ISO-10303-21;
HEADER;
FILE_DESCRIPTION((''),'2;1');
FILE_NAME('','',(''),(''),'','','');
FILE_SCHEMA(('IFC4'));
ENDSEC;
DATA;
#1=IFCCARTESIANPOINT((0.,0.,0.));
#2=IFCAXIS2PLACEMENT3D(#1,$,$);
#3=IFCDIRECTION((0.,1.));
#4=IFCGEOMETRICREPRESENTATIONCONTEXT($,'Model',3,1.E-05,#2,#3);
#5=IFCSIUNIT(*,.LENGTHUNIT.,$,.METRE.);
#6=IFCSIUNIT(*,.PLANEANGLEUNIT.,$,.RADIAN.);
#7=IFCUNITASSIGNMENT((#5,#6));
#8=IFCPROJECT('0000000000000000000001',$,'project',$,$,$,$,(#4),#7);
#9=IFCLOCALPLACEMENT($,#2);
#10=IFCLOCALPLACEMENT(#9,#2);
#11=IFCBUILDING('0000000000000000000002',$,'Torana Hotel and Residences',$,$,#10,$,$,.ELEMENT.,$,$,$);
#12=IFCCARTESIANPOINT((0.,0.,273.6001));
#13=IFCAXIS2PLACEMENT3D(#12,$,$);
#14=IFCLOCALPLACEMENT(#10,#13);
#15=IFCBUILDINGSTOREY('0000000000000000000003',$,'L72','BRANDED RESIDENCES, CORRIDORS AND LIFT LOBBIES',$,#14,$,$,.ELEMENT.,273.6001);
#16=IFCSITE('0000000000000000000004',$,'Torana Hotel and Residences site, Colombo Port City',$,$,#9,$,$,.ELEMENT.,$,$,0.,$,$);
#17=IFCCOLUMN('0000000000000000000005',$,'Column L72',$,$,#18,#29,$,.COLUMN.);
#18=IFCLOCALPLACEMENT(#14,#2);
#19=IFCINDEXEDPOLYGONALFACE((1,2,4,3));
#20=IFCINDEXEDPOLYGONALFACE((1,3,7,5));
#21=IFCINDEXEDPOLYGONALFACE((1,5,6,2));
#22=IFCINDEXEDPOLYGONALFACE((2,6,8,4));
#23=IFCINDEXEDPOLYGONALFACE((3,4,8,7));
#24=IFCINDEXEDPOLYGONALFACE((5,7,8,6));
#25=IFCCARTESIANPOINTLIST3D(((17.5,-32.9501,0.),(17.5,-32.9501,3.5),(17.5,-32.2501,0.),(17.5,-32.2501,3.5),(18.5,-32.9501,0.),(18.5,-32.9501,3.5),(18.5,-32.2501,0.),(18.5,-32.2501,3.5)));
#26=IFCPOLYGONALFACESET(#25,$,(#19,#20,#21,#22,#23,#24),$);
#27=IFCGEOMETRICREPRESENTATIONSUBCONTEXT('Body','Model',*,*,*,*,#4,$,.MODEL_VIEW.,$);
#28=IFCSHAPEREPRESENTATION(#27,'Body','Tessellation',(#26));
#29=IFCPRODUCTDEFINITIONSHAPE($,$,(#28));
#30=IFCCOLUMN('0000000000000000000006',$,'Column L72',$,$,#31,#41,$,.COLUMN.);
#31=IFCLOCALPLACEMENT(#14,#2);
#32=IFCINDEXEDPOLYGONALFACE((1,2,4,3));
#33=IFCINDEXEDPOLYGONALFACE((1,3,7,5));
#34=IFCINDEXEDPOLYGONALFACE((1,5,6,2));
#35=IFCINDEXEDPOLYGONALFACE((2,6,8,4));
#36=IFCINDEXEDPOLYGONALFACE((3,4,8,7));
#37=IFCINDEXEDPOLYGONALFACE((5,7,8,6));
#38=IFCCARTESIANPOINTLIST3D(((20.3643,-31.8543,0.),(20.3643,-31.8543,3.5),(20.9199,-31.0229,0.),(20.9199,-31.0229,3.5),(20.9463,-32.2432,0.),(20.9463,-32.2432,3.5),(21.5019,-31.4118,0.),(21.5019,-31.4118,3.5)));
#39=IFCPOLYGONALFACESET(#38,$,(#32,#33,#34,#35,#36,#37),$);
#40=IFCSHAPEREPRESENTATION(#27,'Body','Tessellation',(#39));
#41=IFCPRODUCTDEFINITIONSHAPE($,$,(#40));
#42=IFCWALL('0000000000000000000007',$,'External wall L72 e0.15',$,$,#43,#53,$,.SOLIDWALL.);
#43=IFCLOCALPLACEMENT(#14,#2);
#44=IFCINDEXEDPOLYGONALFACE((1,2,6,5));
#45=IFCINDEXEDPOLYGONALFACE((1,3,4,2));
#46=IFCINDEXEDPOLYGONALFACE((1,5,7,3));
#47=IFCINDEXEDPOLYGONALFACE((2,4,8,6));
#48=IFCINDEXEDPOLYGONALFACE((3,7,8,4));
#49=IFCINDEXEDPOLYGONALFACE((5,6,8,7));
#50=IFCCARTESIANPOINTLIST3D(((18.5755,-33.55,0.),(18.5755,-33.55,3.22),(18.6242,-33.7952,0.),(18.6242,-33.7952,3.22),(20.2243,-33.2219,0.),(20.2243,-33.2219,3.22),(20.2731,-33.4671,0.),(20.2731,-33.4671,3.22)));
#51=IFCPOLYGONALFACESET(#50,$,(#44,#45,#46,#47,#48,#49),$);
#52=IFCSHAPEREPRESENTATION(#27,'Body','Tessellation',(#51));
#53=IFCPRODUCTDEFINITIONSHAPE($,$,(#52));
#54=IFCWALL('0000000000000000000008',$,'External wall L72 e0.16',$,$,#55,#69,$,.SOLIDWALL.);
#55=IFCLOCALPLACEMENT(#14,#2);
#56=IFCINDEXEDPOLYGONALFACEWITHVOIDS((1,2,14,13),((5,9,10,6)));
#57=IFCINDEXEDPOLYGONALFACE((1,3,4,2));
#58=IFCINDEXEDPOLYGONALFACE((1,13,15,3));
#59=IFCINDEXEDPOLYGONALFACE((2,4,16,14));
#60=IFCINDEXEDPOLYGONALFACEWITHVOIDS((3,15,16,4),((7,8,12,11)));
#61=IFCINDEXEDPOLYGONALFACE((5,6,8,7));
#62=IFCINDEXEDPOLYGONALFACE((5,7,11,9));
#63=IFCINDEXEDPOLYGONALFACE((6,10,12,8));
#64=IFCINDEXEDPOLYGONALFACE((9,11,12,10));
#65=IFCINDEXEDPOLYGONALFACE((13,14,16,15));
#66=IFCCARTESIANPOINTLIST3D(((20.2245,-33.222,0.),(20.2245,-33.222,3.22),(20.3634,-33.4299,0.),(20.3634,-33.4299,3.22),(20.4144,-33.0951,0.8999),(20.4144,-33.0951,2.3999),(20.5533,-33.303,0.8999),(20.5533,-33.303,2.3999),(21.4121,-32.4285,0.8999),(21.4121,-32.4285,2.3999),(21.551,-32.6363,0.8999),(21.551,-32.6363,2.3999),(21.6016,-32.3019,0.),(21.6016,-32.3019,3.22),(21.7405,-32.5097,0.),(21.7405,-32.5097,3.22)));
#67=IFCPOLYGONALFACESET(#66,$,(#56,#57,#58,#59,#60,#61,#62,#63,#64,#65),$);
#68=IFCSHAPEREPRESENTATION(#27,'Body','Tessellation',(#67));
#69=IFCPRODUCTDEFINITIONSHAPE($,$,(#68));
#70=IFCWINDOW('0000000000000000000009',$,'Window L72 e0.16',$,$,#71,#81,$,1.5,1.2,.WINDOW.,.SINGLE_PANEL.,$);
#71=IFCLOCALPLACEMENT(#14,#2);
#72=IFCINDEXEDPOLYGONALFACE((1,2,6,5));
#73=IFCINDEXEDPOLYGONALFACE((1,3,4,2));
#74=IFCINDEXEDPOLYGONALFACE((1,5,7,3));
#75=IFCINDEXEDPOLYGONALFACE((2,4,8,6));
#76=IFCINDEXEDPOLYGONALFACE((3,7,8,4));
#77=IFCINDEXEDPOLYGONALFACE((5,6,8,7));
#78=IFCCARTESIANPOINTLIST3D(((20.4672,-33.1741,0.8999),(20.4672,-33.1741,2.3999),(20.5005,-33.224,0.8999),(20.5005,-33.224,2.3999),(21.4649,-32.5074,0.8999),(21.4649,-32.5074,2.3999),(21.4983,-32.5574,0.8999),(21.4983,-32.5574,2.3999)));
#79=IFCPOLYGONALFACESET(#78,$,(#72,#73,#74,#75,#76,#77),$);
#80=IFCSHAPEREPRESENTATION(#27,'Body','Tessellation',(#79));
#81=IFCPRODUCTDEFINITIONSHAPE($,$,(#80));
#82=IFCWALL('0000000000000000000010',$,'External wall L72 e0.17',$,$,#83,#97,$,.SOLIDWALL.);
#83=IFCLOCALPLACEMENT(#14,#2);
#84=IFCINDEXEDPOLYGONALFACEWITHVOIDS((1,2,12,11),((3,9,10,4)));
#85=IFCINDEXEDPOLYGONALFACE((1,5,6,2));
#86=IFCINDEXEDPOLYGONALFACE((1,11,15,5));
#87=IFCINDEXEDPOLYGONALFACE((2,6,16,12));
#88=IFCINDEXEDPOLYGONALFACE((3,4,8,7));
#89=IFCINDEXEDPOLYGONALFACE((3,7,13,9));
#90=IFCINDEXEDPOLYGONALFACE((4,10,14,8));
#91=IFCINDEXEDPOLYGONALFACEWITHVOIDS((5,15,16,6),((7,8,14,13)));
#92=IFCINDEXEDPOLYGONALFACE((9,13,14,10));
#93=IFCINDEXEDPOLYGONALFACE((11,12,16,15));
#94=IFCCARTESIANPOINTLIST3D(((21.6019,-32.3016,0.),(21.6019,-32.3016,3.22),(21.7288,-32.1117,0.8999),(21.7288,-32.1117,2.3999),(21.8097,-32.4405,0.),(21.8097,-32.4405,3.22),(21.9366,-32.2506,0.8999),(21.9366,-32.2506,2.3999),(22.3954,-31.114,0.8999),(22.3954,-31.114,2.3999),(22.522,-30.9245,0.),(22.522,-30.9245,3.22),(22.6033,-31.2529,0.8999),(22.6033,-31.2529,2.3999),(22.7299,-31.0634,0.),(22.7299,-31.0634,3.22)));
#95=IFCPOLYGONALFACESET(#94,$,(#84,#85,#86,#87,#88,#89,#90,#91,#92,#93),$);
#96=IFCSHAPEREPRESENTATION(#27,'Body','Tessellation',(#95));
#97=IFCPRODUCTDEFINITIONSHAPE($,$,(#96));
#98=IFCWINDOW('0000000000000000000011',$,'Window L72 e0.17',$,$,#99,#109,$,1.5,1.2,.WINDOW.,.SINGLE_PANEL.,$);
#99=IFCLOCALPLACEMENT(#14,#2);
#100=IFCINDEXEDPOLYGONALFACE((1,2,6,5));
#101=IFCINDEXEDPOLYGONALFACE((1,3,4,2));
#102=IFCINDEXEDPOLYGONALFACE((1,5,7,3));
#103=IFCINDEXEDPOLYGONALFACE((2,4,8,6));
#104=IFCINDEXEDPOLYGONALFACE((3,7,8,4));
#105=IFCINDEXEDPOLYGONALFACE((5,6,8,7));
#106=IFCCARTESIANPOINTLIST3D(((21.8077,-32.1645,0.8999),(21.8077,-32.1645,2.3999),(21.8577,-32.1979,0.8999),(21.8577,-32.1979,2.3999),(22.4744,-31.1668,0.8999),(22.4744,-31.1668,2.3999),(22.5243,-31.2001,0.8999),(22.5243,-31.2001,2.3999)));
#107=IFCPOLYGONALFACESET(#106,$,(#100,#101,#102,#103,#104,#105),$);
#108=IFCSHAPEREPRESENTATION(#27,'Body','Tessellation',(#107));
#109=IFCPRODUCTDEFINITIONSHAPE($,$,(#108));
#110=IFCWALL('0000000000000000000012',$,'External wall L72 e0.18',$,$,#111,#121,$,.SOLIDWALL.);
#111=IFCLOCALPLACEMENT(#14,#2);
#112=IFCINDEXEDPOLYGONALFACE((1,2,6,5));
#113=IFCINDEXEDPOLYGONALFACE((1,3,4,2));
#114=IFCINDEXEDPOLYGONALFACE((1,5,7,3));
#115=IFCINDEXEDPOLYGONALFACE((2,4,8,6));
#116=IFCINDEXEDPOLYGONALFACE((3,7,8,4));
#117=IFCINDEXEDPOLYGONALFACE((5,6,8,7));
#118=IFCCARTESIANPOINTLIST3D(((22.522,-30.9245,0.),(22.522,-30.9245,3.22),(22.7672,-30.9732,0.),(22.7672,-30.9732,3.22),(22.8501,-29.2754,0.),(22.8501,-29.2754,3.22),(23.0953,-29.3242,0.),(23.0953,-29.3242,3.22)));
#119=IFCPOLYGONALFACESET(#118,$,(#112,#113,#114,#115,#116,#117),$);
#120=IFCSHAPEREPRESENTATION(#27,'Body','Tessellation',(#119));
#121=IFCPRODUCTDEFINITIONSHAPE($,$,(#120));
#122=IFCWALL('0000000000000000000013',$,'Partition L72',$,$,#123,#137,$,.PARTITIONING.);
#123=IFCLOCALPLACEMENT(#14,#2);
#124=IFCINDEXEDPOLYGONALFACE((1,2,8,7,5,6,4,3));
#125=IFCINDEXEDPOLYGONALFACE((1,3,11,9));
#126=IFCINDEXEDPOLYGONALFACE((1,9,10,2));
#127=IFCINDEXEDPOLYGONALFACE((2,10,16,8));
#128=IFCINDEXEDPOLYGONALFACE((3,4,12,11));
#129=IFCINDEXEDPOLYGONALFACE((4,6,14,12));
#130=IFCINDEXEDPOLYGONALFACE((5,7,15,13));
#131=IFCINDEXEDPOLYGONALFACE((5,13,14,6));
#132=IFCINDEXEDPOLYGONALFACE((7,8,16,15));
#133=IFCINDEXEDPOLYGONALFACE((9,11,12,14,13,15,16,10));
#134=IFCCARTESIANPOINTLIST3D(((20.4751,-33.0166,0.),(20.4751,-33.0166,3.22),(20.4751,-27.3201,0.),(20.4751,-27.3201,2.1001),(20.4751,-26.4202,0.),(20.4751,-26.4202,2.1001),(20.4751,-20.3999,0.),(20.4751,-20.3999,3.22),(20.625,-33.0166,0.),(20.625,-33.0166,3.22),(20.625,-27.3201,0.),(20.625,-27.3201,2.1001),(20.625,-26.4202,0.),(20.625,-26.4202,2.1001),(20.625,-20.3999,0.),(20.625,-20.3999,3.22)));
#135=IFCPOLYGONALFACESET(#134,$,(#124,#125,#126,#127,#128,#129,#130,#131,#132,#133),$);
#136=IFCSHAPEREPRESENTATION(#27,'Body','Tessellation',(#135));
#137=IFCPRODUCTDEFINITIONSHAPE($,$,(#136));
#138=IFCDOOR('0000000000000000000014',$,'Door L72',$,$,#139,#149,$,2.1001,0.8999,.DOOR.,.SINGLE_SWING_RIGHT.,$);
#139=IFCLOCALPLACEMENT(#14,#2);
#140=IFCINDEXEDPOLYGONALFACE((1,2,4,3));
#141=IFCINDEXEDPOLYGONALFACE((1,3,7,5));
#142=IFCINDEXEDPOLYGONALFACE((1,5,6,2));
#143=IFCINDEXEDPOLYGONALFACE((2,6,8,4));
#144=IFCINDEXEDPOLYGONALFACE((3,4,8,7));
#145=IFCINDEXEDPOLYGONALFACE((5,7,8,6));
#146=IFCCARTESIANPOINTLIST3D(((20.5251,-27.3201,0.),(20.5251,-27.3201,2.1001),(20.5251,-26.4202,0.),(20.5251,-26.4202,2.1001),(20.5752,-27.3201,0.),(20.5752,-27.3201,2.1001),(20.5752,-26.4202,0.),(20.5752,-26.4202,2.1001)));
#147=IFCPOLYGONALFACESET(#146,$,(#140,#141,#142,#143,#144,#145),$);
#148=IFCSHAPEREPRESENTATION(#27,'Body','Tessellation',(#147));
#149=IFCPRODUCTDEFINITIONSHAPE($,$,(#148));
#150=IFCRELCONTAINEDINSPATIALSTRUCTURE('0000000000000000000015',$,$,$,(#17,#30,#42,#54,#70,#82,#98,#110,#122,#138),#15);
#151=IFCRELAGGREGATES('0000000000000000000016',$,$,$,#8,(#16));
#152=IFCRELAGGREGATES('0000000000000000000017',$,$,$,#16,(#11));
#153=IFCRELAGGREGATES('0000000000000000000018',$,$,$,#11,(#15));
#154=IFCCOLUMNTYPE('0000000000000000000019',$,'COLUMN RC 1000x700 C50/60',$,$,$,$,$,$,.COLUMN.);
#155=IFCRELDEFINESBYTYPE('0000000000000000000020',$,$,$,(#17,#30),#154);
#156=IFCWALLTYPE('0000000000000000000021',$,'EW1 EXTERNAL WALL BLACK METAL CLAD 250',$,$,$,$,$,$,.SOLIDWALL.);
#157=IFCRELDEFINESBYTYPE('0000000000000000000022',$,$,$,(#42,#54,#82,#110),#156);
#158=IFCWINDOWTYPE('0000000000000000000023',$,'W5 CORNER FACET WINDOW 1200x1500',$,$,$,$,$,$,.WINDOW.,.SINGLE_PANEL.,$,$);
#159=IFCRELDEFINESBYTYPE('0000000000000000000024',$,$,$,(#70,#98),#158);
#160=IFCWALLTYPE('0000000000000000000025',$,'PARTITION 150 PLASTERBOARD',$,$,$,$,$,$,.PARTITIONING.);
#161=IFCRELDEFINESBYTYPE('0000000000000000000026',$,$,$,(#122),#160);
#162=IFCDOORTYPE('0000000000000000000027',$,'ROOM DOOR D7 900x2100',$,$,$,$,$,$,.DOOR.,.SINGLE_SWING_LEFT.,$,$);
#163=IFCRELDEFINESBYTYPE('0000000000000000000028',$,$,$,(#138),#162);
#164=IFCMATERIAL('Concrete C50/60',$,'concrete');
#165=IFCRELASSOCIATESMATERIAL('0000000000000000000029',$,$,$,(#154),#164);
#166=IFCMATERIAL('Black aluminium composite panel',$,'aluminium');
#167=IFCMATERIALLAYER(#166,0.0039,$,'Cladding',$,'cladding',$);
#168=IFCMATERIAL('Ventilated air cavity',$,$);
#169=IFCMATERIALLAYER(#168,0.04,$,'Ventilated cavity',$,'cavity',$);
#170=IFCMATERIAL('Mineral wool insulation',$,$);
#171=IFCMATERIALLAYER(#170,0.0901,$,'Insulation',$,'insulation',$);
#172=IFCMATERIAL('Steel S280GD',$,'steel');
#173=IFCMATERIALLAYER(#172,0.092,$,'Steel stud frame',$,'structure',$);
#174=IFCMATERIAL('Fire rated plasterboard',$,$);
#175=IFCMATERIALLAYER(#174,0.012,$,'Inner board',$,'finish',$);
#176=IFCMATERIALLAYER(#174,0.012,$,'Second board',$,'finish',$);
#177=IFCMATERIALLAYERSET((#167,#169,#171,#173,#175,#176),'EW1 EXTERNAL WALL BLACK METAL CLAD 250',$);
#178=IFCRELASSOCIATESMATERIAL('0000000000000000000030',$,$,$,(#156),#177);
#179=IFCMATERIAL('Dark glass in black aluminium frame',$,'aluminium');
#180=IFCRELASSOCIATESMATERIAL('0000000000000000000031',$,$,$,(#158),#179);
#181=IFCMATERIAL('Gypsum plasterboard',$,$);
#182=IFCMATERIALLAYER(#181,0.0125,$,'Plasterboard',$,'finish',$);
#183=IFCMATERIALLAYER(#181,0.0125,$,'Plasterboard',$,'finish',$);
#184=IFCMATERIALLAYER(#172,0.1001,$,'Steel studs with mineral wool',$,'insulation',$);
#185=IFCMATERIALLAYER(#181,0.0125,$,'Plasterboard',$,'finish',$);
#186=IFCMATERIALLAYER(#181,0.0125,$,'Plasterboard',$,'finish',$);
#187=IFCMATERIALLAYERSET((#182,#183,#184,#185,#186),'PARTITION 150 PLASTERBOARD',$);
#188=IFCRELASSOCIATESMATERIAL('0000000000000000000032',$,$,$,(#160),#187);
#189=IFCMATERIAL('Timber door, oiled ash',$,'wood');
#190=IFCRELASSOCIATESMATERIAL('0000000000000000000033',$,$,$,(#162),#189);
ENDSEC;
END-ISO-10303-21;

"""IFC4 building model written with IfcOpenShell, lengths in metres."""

from ifc_helpers import new_model, si_unit, direction, frame, frame_2d, origin, origin_2d, place, context, subcontext, project, spatial, rectangle, extrude, material, layer, layer_set, material_profile, profile_set, type_object, element, fill, save


model = new_model("IFC4")

# Units and contexts
model_context = context("Model", 3, precision=1e-05, world=origin(), true_north=direction((0.0, 1.0)))
body_context = subcontext(model_context, "Body", "Model", "MODEL_VIEW")
ifc_project = project(units=[si_unit("LENGTHUNIT", "METRE"), si_unit("PLANEANGLEUNIT", "RADIAN")], contexts=[model_context])

# Site, building, storey
site_placement = place(None, origin())
site = spatial("IfcSite", under=ifc_project, at=site_placement, Name="Torana Hotel and Residences site, Colombo Port City", CompositionType="ELEMENT", RefElevation=0.0)
building_placement = place(site_placement, origin())
building = spatial("IfcBuilding", under=site, at=building_placement, Name="Torana Hotel and Residences", CompositionType="ELEMENT")
storey_placement = place(building_placement, frame((0.0, 0.0, 273.6001)))
storey = spatial("IfcBuildingStorey", under=building, at=storey_placement, Name="L72", Description="BRANDED RESIDENCES, CORRIDORS AND LIFT LOBBIES", CompositionType="ELEMENT", Elevation=273.6001)

# Columns
ifc_material_1 = material(Name="Concrete C50/60", Category="concrete")
ifc_material_profile = material_profile(ifc_material_1, rectangle(XDim=1.0, YDim=0.7, at=origin_2d()), Name="RC 1000x700")
ifc_profile_set = profile_set([ifc_material_profile], Name="Concrete C50/60")
column_type = type_object("IfcColumnType", Name="COLUMN RC 1000x700 C50/60", PredefinedType="COLUMN", material=ifc_profile_set)
for number, where, z_axis, x_axis, name in (
    (1, (18.0, -32.6001, 0.0), (0.0, 0.0, 1.0), (1.0, 0.0, 0.0), "Column L72"),
    (2, (20.9331, -31.6331, 0.0), (0.0, 0.0, 1.0), (0.555585, 0.83146, 0.0), "Column L72"),
):
    element("IfcColumn", number, at=place(storey_placement, frame(where, z_axis=z_axis, x_axis=x_axis)), inside=storey, type_object=column_type, Name=name, PredefinedType="COLUMN", context=body_context, shape_type="SweptSolid", body=[
        extrude(rectangle(XDim=1.0, YDim=0.7, at=origin_2d()), origin(), (0.0, 0.0, 1.0), 3.5),
    ])

# Wall
ifc_material_2 = material(Name="Black aluminium composite panel", Category="aluminium")
ifc_layer_1 = layer(ifc_material_2, 0.0039, Name="Cladding", Category="cladding")
ifc_material_3 = material(Name="Ventilated air cavity")
ifc_layer_2 = layer(ifc_material_3, 0.04, Name="Ventilated cavity", Category="cavity")
ifc_material_4 = material(Name="Mineral wool insulation")
ifc_layer_3 = layer(ifc_material_4, 0.0901, Name="Insulation", Category="insulation")
ifc_material_5 = material(Name="Steel S280GD", Category="steel")
ifc_layer_4 = layer(ifc_material_5, 0.092, Name="Steel stud frame", Category="structure")
ifc_material_6 = material(Name="Fire rated plasterboard")
ifc_layer_5 = layer(ifc_material_6, 0.012, Name="Inner board", Category="finish")
ifc_layer_6 = layer(ifc_material_6, 0.012, Name="Second board", Category="finish")
ifc_layer_set_1 = layer_set([ifc_layer_1, ifc_layer_2, ifc_layer_3, ifc_layer_4, ifc_layer_5, ifc_layer_6], Name="EW1 EXTERNAL WALL BLACK METAL CLAD 250")
wall_type_1 = type_object("IfcWallType", Name="EW1 EXTERNAL WALL BLACK METAL CLAD 250", PredefinedType="SOLIDWALL", material=ifc_layer_set_1)
wall_1_placement = place(storey_placement, frame((18.5999, -33.6726, 0.0), z_axis=(0.0, 0.0, 1.0), x_axis=(0.98077, 0.195167, 0.0)))
element("IfcWall", 3, at=wall_1_placement, inside=storey, type_object=wall_type_1, Name="External wall L72 e0.15", PredefinedType="SOLIDWALL", context=body_context, shape_type="SweptSolid", body=[
    extrude(rectangle(XDim=1.6812, YDim=0.25, at=frame_2d((0.8406, 0.0))), origin(), (0.0, 0.0, 1.0), 3.22),
])

# Walls, openings, windows
wall_2_placement = place(storey_placement, frame((20.2939, -33.3259, 0.0), z_axis=(0.0, 0.0, 1.0), x_axis=(0.831483, 0.55555, 0.0)))
wall_2 = element("IfcWall", 4, at=wall_2_placement, inside=storey, type_object=wall_type_1, Name="External wall L72 e0.16", PredefinedType="SOLIDWALL", context=body_context, shape_type="SweptSolid", body=[
    extrude(rectangle(XDim=1.6562, YDim=0.25, at=frame_2d((0.8281, 0.0))), origin(), (0.0, 0.0, 1.0), 3.22),
])
opening_1_placement = place(wall_2_placement, frame((0.2283, 0.0, 0.8999)))
opening_1 = element("IfcOpeningElement", 5, at=opening_1_placement, cuts=wall_2, PredefinedType="OPENING", context=body_context, shape_type="SweptSolid", body=[
    extrude(rectangle(XDim=1.2, YDim=1.5, at=frame_2d((0.6001, 0.75))), frame((0.0, 0.135, 0.0), z_axis=(0.0, -1.0, 0.0), x_axis=(1.0, 0.0, 0.0)), (0.0, 0.0, 1.0), 0.27),
])
ifc_material_7 = material(Name="Dark glass in black aluminium frame", Category="aluminium")
window_type_1 = type_object("IfcWindowType", Name="W5 CORNER FACET WINDOW 1200x1500", PartitioningType="SINGLE_PANEL", PredefinedType="WINDOW", material=ifc_material_7)
window_1_placement = place(opening_1_placement, origin())
window_1 = element("IfcWindow", 6, at=window_1_placement, inside=storey, type_object=window_type_1, Name="Window L72 e0.16", OverallHeight=1.5, OverallWidth=1.2, PartitioningType="SINGLE_PANEL", PredefinedType="WINDOW", context=body_context, shape_type="SweptSolid", body=[
    extrude(rectangle(XDim=1.2, YDim=1.5, at=frame_2d((0.6001, 0.75))), frame((0.0, 0.03, 0.0), z_axis=(0.0, -1.0, 0.0), x_axis=(1.0, 0.0, 0.0)), (0.0, 0.0, 1.0), 0.0601),
])
fill(opening_1, window_1)
wall_3_placement = place(storey_placement, frame((21.7058, -32.3711, 0.0), z_axis=(0.0, 0.0, 1.0), x_axis=(0.55555, 0.831483, 0.0)))
wall_3 = element("IfcWall", 7, at=wall_3_placement, inside=storey, type_object=wall_type_1, Name="External wall L72 e0.17", PredefinedType="SOLIDWALL", context=body_context, shape_type="SweptSolid", body=[
    extrude(rectangle(XDim=1.6562, YDim=0.25, at=frame_2d((0.8281, 0.0))), origin(), (0.0, 0.0, 1.0), 3.22),
])
opening_2_placement = place(wall_3_placement, frame((0.2283, 0.0, 0.8999)))
opening_2 = element("IfcOpeningElement", 8, at=opening_2_placement, cuts=wall_3, PredefinedType="OPENING", context=body_context, shape_type="SweptSolid", body=[
    extrude(rectangle(XDim=1.2, YDim=1.5, at=frame_2d((0.6001, 0.75))), frame((0.0, 0.135, 0.0), z_axis=(0.0, -1.0, 0.0), x_axis=(1.0, 0.0, 0.0)), (0.0, 0.0, 1.0), 0.27),
])
window_2_placement = place(opening_2_placement, origin())
window_2 = element("IfcWindow", 9, at=window_2_placement, inside=storey, type_object=window_type_1, Name="Window L72 e0.17", OverallHeight=1.5, OverallWidth=1.2, PartitioningType="SINGLE_PANEL", PredefinedType="WINDOW", context=body_context, shape_type="SweptSolid", body=[
    extrude(rectangle(XDim=1.2, YDim=1.5, at=frame_2d((0.6001, 0.75))), frame((0.0, 0.03, 0.0), z_axis=(0.0, -1.0, 0.0), x_axis=(1.0, 0.0, 0.0)), (0.0, 0.0, 1.0), 0.0601),
])
fill(opening_2, window_2)

# Wall
wall_4_placement = place(storey_placement, frame((22.6445, -30.949, 0.0), z_axis=(0.0, 0.0, 1.0), x_axis=(0.195139, 0.980776, 0.0)))
element("IfcWall", 10, at=wall_4_placement, inside=storey, type_object=wall_type_1, Name="External wall L72 e0.18", PredefinedType="SOLIDWALL", context=body_context, shape_type="SweptSolid", body=[
    extrude(rectangle(XDim=1.6814, YDim=0.25, at=frame_2d((0.8408, 0.0))), origin(), (0.0, 0.0, 1.0), 3.22),
])

# Wall, opening, door
ifc_material_8 = material(Name="Gypsum plasterboard")
ifc_layer_7 = layer(ifc_material_8, 0.0125, Name="Plasterboard", Category="finish")
ifc_layer_8 = layer(ifc_material_8, 0.0125, Name="Plasterboard", Category="finish")
ifc_layer_9 = layer(ifc_material_5, 0.1001, Name="Steel studs with mineral wool", Category="insulation")
ifc_layer_10 = layer(ifc_material_8, 0.0125, Name="Plasterboard", Category="finish")
ifc_layer_11 = layer(ifc_material_8, 0.0125, Name="Plasterboard", Category="finish")
ifc_layer_set_2 = layer_set([ifc_layer_7, ifc_layer_8, ifc_layer_9, ifc_layer_10, ifc_layer_11], Name="PARTITION 150 PLASTERBOARD")
wall_type_2 = type_object("IfcWallType", Name="PARTITION 150 PLASTERBOARD", PredefinedType="PARTITIONING", material=ifc_layer_set_2)
wall_5_placement = place(storey_placement, frame((20.55, -33.0166, 0.0), z_axis=(0.0, 0.0, 1.0), x_axis=(0.0, 1.0, 0.0)))
wall_5 = element("IfcWall", 11, at=wall_5_placement, inside=storey, type_object=wall_type_2, Name="Partition L72", PredefinedType="PARTITIONING", context=body_context, shape_type="SweptSolid", body=[
    extrude(rectangle(XDim=12.6167, YDim=0.1499, at=frame_2d((6.3083, 0.0))), origin(), (0.0, 0.0, 1.0), 3.22),
])
opening_3_placement = place(wall_5_placement, frame((5.6965, 0.0, 0.0)))
opening_3 = element("IfcOpeningElement", 12, at=opening_3_placement, cuts=wall_5, PredefinedType="OPENING", context=body_context, shape_type="SweptSolid", body=[
    extrude(rectangle(XDim=0.8999, YDim=2.1001, at=frame_2d((0.45, 1.05))), frame((0.0, 0.085, 0.0), z_axis=(0.0, -1.0, 0.0), x_axis=(1.0, 0.0, 0.0)), (0.0, 0.0, 1.0), 0.1699),
])
ifc_material_9 = material(Name="Timber door, oiled ash", Category="wood")
door_type_1 = type_object("IfcDoorType", Name="ROOM DOOR D7 900x2100", OperationType="SINGLE_SWING_LEFT", PredefinedType="DOOR", material=ifc_material_9)
door_1_placement = place(opening_3_placement, origin())
door_1 = element("IfcDoor", 13, at=door_1_placement, inside=storey, type_object=door_type_1, Name="Door L72", OperationType="SINGLE_SWING_RIGHT", OverallHeight=2.1001, OverallWidth=0.8999, PredefinedType="DOOR", context=body_context, shape_type="SweptSolid", body=[
    extrude(rectangle(XDim=0.8999, YDim=2.1001, at=frame_2d((0.45, 1.05))), frame((0.0, 0.0249, 0.0), z_axis=(0.0, -1.0, 0.0), x_axis=(1.0, 0.0, 0.0)), (0.0, 0.0, 1.0), 0.05),
])
fill(opening_3, door_1)

save(model, "model.ifc")
